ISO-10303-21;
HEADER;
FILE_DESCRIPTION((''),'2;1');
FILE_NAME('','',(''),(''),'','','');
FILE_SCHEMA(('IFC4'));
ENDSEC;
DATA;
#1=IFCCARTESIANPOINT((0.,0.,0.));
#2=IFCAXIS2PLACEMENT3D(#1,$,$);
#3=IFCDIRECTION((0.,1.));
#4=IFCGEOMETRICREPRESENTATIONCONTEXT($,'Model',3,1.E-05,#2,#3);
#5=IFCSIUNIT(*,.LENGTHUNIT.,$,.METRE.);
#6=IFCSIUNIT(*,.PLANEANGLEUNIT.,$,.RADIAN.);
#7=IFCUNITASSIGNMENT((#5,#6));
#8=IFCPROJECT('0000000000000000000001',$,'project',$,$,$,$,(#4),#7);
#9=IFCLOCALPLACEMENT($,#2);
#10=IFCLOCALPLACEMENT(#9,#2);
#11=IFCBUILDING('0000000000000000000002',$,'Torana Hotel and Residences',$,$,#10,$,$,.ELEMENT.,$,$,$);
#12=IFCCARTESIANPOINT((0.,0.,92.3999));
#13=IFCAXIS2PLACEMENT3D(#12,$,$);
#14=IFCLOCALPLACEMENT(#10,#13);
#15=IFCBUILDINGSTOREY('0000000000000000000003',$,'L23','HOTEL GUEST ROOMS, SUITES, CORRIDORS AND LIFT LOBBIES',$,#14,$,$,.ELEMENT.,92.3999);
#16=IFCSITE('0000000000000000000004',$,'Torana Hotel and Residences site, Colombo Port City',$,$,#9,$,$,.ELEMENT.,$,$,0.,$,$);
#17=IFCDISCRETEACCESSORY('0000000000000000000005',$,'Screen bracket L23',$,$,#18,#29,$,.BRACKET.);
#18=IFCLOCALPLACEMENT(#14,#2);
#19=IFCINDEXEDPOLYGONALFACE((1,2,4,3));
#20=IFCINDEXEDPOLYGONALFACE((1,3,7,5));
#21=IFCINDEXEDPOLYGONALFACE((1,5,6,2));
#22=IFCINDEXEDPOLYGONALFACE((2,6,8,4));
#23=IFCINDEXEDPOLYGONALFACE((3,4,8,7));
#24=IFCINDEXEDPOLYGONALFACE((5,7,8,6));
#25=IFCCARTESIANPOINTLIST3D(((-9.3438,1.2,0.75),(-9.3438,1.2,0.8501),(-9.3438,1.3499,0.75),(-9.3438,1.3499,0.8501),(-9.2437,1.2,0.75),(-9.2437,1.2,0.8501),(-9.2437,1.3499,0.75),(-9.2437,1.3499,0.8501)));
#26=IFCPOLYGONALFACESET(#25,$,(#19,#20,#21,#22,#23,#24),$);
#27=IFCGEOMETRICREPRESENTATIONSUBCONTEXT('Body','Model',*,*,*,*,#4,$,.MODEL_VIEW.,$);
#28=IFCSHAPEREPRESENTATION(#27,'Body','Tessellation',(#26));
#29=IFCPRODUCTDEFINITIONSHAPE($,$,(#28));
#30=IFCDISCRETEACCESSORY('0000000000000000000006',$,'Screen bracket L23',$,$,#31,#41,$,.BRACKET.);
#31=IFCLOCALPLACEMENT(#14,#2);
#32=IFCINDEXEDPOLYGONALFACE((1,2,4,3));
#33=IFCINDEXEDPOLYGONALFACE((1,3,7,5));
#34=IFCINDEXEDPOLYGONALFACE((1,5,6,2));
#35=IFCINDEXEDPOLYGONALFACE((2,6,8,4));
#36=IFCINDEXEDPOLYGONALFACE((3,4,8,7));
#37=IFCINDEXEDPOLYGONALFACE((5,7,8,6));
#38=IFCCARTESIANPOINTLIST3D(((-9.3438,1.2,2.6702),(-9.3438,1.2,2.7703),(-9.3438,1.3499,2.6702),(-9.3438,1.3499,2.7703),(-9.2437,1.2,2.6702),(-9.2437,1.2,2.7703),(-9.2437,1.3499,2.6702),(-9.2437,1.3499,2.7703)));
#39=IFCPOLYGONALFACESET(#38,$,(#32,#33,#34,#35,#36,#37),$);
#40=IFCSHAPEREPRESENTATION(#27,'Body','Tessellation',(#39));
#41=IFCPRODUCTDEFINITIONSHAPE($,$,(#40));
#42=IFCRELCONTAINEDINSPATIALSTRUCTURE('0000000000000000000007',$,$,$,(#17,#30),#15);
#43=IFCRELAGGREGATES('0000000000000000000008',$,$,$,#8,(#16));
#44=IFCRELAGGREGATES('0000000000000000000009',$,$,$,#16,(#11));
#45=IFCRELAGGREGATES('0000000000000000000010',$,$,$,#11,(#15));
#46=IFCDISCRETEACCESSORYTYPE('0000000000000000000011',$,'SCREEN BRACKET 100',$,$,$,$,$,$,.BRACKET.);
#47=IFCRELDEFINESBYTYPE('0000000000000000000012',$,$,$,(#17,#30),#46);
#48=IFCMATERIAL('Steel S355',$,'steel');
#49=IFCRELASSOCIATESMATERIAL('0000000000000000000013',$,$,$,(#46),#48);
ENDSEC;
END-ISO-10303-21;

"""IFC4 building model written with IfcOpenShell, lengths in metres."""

from ifc_helpers import new_model, si_unit, direction, frame, origin, origin_2d, place, context, subcontext, project, spatial, rectangle, extrude, material, type_object, element, save


model = new_model("IFC4")

# Units and contexts
model_context = context("Model", 3, precision=1e-05, world=origin(), true_north=direction((0.0, 1.0)))
body_context = subcontext(model_context, "Body", "Model", "MODEL_VIEW")
ifc_project = project(units=[si_unit("LENGTHUNIT", "METRE"), si_unit("PLANEANGLEUNIT", "RADIAN")], contexts=[model_context])

# Site, building, storey
site_placement = place(None, origin())
site = spatial("IfcSite", under=ifc_project, at=site_placement, Name="Torana Hotel and Residences site, Colombo Port City", CompositionType="ELEMENT", RefElevation=0.0)
building_placement = place(site_placement, origin())
building = spatial("IfcBuilding", under=site, at=building_placement, Name="Torana Hotel and Residences", CompositionType="ELEMENT")
storey_placement = place(building_placement, frame((0.0, 0.0, 92.3999)))
storey = spatial("IfcBuildingStorey", under=building, at=storey_placement, Name="L23", Description="HOTEL GUEST ROOMS, SUITES, CORRIDORS AND LIFT LOBBIES", CompositionType="ELEMENT", Elevation=92.3999)

# Discrete accessories
ifc_material_1 = material(Name="Steel S355", Category="steel")
discrete_accessory_type = type_object("IfcDiscreteAccessoryType", Name="SCREEN BRACKET 100", PredefinedType="BRACKET", material=ifc_material_1)
for number, where, z_axis, x_axis, name in (
    (1, (-9.2937, 1.2749, 0.75), (0.0, 0.0, 1.0), (-1.0, 0.0, 0.0), "Screen bracket L23"),
    (2, (-9.2937, 1.2749, 2.6702), (0.0, 0.0, 1.0), (-1.0, 0.0, 0.0), "Screen bracket L23"),
):
    element("IfcDiscreteAccessory", number, at=place(storey_placement, frame(where, z_axis=z_axis, x_axis=x_axis)), inside=storey, type_object=discrete_accessory_type, Name=name, PredefinedType="BRACKET", context=body_context, shape_type="SweptSolid", body=[
        extrude(rectangle(XDim=0.1001, YDim=0.1499, at=origin_2d()), origin(), (0.0, 0.0, 1.0), 0.1001),
    ])

save(model, "model.ifc")
